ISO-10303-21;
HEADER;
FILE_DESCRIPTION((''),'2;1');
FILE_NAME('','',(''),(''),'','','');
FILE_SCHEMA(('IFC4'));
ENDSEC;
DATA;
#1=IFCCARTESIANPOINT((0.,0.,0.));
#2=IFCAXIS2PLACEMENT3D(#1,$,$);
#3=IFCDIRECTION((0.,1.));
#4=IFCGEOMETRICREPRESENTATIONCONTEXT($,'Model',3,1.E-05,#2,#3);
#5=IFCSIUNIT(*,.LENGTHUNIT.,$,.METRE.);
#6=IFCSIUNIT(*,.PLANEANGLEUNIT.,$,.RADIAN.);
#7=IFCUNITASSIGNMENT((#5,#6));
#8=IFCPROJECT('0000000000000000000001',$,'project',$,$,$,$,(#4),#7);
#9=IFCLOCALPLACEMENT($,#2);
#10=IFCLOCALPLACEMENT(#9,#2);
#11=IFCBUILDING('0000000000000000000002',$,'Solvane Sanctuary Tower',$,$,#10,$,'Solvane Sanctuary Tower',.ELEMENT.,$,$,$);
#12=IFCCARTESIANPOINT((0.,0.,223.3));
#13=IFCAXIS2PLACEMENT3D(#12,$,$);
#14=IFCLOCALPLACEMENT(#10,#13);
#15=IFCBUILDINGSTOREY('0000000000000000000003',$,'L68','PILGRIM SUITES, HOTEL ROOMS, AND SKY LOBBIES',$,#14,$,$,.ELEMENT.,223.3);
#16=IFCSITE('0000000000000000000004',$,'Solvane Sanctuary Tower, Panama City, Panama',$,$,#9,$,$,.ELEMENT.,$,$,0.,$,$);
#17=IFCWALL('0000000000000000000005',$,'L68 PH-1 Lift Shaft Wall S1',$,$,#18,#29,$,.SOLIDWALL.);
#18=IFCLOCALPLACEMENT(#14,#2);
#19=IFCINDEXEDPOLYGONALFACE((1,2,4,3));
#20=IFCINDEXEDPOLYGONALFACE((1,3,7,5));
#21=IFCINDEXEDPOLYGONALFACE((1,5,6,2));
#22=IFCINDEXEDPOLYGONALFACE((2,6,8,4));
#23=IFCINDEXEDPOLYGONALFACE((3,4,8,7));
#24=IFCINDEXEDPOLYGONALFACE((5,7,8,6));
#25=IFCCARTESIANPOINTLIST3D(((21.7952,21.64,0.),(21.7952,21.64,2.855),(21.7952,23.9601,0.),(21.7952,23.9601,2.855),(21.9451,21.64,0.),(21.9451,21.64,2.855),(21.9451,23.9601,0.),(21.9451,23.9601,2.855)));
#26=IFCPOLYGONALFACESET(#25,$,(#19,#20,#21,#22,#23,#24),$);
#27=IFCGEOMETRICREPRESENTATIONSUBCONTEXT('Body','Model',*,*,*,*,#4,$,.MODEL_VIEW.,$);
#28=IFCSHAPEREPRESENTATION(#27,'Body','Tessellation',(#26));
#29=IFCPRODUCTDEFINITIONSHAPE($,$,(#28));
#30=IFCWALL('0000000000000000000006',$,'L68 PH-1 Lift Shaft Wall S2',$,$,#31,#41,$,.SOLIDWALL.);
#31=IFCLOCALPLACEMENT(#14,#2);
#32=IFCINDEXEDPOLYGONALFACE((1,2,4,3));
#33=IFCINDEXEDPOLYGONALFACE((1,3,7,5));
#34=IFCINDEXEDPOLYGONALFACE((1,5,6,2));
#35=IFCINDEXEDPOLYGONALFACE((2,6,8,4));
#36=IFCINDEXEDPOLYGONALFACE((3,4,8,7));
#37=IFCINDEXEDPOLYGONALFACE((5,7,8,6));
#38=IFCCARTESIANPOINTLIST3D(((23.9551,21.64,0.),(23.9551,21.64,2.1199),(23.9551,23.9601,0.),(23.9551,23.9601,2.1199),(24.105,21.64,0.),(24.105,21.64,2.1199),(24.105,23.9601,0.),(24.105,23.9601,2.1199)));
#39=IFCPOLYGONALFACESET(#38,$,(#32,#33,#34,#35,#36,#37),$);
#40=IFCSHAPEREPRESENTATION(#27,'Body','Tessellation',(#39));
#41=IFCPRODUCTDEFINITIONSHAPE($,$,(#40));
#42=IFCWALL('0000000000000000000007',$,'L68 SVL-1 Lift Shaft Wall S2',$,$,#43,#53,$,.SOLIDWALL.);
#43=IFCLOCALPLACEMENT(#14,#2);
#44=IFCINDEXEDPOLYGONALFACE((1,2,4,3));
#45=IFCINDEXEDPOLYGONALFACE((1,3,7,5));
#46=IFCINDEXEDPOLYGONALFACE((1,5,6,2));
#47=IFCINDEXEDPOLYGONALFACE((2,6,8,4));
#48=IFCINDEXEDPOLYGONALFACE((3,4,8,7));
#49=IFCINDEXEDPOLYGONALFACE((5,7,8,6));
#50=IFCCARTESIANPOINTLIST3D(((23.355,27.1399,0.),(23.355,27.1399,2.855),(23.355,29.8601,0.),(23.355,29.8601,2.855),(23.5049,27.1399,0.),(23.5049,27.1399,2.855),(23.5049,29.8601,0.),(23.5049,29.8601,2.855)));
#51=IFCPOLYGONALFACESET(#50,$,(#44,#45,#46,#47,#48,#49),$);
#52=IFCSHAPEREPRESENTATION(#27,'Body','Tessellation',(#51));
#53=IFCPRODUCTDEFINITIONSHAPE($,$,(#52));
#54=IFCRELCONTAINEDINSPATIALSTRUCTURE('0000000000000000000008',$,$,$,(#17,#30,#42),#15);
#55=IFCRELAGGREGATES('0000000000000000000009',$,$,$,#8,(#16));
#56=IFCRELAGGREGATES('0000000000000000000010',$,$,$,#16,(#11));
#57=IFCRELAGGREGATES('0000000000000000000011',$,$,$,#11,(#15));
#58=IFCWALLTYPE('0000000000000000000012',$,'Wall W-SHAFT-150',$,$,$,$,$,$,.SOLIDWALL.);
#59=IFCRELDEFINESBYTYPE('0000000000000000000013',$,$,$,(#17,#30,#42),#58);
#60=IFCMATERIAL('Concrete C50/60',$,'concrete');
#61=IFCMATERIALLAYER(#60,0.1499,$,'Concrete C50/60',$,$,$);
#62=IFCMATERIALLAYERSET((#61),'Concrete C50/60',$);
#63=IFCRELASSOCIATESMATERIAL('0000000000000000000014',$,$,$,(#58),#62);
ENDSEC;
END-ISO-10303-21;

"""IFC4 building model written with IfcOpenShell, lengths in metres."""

from ifc_helpers import new_model, si_unit, direction, frame, frame_2d, origin, place, context, subcontext, project, spatial, rectangle, extrude, material, layer, layer_set, type_object, element, save


model = new_model("IFC4")

# Units and contexts
model_context = context("Model", 3, precision=1e-05, world=origin(), true_north=direction((0.0, 1.0)))
body_context = subcontext(model_context, "Body", "Model", "MODEL_VIEW")
ifc_project = project(units=[si_unit("LENGTHUNIT", "METRE"), si_unit("PLANEANGLEUNIT", "RADIAN")], contexts=[model_context])

# Site, building, storey
site_placement = place(None, origin())
site = spatial("IfcSite", under=ifc_project, at=site_placement, Name="Solvane Sanctuary Tower, Panama City, Panama", CompositionType="ELEMENT", RefElevation=0.0)
building_placement = place(site_placement, origin())
building = spatial("IfcBuilding", under=site, at=building_placement, Name="Solvane Sanctuary Tower", LongName="Solvane Sanctuary Tower", CompositionType="ELEMENT")
storey_placement = place(building_placement, frame((0.0, 0.0, 223.3)))
storey = spatial("IfcBuildingStorey", under=building, at=storey_placement, Name="L68", Description="PILGRIM SUITES, HOTEL ROOMS, AND SKY LOBBIES", CompositionType="ELEMENT", Elevation=223.3)

# Shared definitions
ifc_material_1 = material(Name="Concrete C50/60", Category="concrete")

# Shared definitions
ifc_layer_1 = layer(ifc_material_1, 0.1499, Name="Concrete C50/60")
ifc_layer_set_1 = layer_set([ifc_layer_1], Name="Concrete C50/60")
wall_type_1 = type_object("IfcWallType", Name="Wall W-SHAFT-150", PredefinedType="SOLIDWALL", material=ifc_layer_set_1)

# Walls
wall_1_placement = place(storey_placement, frame((21.8701, 21.6399, 0.0), z_axis=(0.0, 0.0, 1.0), x_axis=(0.0, 1.0, 0.0)))
element("IfcWall", 1, at=wall_1_placement, inside=storey, type_object=wall_type_1, Name="L68 PH-1 Lift Shaft Wall S1", PredefinedType="SOLIDWALL", context=body_context, shape_type="SweptSolid", body=[
    extrude(rectangle(XDim=2.3201, YDim=0.1499, at=frame_2d((1.1602, 0.0))), origin(), (0.0, 0.0, 1.0), 2.855),
])
wall_2_placement = place(storey_placement, frame((24.03, 21.6399, 0.0), z_axis=(0.0, 0.0, 1.0), x_axis=(0.0, 1.0, 0.0)))
element("IfcWall", 2, at=wall_2_placement, inside=storey, type_object=wall_type_1, Name="L68 PH-1 Lift Shaft Wall S2", PredefinedType="SOLIDWALL", context=body_context, shape_type="SweptSolid", body=[
    extrude(rectangle(XDim=2.3201, YDim=0.1499, at=frame_2d((1.1602, 0.0))), origin(), (0.0, 0.0, 1.0), 2.1199),
])
wall_3_placement = place(storey_placement, frame((23.4299, 27.1399, 0.0), z_axis=(0.0, 0.0, 1.0), x_axis=(0.0, 1.0, 0.0)))
element("IfcWall", 3, at=wall_3_placement, inside=storey, type_object=wall_type_1, Name="L68 SVL-1 Lift Shaft Wall S2", PredefinedType="SOLIDWALL", context=body_context, shape_type="SweptSolid", body=[
    extrude(rectangle(XDim=2.7202, YDim=0.1499, at=frame_2d((1.3601, 0.0))), origin(), (0.0, 0.0, 1.0), 2.855),
])

save(model, "model.ifc")
